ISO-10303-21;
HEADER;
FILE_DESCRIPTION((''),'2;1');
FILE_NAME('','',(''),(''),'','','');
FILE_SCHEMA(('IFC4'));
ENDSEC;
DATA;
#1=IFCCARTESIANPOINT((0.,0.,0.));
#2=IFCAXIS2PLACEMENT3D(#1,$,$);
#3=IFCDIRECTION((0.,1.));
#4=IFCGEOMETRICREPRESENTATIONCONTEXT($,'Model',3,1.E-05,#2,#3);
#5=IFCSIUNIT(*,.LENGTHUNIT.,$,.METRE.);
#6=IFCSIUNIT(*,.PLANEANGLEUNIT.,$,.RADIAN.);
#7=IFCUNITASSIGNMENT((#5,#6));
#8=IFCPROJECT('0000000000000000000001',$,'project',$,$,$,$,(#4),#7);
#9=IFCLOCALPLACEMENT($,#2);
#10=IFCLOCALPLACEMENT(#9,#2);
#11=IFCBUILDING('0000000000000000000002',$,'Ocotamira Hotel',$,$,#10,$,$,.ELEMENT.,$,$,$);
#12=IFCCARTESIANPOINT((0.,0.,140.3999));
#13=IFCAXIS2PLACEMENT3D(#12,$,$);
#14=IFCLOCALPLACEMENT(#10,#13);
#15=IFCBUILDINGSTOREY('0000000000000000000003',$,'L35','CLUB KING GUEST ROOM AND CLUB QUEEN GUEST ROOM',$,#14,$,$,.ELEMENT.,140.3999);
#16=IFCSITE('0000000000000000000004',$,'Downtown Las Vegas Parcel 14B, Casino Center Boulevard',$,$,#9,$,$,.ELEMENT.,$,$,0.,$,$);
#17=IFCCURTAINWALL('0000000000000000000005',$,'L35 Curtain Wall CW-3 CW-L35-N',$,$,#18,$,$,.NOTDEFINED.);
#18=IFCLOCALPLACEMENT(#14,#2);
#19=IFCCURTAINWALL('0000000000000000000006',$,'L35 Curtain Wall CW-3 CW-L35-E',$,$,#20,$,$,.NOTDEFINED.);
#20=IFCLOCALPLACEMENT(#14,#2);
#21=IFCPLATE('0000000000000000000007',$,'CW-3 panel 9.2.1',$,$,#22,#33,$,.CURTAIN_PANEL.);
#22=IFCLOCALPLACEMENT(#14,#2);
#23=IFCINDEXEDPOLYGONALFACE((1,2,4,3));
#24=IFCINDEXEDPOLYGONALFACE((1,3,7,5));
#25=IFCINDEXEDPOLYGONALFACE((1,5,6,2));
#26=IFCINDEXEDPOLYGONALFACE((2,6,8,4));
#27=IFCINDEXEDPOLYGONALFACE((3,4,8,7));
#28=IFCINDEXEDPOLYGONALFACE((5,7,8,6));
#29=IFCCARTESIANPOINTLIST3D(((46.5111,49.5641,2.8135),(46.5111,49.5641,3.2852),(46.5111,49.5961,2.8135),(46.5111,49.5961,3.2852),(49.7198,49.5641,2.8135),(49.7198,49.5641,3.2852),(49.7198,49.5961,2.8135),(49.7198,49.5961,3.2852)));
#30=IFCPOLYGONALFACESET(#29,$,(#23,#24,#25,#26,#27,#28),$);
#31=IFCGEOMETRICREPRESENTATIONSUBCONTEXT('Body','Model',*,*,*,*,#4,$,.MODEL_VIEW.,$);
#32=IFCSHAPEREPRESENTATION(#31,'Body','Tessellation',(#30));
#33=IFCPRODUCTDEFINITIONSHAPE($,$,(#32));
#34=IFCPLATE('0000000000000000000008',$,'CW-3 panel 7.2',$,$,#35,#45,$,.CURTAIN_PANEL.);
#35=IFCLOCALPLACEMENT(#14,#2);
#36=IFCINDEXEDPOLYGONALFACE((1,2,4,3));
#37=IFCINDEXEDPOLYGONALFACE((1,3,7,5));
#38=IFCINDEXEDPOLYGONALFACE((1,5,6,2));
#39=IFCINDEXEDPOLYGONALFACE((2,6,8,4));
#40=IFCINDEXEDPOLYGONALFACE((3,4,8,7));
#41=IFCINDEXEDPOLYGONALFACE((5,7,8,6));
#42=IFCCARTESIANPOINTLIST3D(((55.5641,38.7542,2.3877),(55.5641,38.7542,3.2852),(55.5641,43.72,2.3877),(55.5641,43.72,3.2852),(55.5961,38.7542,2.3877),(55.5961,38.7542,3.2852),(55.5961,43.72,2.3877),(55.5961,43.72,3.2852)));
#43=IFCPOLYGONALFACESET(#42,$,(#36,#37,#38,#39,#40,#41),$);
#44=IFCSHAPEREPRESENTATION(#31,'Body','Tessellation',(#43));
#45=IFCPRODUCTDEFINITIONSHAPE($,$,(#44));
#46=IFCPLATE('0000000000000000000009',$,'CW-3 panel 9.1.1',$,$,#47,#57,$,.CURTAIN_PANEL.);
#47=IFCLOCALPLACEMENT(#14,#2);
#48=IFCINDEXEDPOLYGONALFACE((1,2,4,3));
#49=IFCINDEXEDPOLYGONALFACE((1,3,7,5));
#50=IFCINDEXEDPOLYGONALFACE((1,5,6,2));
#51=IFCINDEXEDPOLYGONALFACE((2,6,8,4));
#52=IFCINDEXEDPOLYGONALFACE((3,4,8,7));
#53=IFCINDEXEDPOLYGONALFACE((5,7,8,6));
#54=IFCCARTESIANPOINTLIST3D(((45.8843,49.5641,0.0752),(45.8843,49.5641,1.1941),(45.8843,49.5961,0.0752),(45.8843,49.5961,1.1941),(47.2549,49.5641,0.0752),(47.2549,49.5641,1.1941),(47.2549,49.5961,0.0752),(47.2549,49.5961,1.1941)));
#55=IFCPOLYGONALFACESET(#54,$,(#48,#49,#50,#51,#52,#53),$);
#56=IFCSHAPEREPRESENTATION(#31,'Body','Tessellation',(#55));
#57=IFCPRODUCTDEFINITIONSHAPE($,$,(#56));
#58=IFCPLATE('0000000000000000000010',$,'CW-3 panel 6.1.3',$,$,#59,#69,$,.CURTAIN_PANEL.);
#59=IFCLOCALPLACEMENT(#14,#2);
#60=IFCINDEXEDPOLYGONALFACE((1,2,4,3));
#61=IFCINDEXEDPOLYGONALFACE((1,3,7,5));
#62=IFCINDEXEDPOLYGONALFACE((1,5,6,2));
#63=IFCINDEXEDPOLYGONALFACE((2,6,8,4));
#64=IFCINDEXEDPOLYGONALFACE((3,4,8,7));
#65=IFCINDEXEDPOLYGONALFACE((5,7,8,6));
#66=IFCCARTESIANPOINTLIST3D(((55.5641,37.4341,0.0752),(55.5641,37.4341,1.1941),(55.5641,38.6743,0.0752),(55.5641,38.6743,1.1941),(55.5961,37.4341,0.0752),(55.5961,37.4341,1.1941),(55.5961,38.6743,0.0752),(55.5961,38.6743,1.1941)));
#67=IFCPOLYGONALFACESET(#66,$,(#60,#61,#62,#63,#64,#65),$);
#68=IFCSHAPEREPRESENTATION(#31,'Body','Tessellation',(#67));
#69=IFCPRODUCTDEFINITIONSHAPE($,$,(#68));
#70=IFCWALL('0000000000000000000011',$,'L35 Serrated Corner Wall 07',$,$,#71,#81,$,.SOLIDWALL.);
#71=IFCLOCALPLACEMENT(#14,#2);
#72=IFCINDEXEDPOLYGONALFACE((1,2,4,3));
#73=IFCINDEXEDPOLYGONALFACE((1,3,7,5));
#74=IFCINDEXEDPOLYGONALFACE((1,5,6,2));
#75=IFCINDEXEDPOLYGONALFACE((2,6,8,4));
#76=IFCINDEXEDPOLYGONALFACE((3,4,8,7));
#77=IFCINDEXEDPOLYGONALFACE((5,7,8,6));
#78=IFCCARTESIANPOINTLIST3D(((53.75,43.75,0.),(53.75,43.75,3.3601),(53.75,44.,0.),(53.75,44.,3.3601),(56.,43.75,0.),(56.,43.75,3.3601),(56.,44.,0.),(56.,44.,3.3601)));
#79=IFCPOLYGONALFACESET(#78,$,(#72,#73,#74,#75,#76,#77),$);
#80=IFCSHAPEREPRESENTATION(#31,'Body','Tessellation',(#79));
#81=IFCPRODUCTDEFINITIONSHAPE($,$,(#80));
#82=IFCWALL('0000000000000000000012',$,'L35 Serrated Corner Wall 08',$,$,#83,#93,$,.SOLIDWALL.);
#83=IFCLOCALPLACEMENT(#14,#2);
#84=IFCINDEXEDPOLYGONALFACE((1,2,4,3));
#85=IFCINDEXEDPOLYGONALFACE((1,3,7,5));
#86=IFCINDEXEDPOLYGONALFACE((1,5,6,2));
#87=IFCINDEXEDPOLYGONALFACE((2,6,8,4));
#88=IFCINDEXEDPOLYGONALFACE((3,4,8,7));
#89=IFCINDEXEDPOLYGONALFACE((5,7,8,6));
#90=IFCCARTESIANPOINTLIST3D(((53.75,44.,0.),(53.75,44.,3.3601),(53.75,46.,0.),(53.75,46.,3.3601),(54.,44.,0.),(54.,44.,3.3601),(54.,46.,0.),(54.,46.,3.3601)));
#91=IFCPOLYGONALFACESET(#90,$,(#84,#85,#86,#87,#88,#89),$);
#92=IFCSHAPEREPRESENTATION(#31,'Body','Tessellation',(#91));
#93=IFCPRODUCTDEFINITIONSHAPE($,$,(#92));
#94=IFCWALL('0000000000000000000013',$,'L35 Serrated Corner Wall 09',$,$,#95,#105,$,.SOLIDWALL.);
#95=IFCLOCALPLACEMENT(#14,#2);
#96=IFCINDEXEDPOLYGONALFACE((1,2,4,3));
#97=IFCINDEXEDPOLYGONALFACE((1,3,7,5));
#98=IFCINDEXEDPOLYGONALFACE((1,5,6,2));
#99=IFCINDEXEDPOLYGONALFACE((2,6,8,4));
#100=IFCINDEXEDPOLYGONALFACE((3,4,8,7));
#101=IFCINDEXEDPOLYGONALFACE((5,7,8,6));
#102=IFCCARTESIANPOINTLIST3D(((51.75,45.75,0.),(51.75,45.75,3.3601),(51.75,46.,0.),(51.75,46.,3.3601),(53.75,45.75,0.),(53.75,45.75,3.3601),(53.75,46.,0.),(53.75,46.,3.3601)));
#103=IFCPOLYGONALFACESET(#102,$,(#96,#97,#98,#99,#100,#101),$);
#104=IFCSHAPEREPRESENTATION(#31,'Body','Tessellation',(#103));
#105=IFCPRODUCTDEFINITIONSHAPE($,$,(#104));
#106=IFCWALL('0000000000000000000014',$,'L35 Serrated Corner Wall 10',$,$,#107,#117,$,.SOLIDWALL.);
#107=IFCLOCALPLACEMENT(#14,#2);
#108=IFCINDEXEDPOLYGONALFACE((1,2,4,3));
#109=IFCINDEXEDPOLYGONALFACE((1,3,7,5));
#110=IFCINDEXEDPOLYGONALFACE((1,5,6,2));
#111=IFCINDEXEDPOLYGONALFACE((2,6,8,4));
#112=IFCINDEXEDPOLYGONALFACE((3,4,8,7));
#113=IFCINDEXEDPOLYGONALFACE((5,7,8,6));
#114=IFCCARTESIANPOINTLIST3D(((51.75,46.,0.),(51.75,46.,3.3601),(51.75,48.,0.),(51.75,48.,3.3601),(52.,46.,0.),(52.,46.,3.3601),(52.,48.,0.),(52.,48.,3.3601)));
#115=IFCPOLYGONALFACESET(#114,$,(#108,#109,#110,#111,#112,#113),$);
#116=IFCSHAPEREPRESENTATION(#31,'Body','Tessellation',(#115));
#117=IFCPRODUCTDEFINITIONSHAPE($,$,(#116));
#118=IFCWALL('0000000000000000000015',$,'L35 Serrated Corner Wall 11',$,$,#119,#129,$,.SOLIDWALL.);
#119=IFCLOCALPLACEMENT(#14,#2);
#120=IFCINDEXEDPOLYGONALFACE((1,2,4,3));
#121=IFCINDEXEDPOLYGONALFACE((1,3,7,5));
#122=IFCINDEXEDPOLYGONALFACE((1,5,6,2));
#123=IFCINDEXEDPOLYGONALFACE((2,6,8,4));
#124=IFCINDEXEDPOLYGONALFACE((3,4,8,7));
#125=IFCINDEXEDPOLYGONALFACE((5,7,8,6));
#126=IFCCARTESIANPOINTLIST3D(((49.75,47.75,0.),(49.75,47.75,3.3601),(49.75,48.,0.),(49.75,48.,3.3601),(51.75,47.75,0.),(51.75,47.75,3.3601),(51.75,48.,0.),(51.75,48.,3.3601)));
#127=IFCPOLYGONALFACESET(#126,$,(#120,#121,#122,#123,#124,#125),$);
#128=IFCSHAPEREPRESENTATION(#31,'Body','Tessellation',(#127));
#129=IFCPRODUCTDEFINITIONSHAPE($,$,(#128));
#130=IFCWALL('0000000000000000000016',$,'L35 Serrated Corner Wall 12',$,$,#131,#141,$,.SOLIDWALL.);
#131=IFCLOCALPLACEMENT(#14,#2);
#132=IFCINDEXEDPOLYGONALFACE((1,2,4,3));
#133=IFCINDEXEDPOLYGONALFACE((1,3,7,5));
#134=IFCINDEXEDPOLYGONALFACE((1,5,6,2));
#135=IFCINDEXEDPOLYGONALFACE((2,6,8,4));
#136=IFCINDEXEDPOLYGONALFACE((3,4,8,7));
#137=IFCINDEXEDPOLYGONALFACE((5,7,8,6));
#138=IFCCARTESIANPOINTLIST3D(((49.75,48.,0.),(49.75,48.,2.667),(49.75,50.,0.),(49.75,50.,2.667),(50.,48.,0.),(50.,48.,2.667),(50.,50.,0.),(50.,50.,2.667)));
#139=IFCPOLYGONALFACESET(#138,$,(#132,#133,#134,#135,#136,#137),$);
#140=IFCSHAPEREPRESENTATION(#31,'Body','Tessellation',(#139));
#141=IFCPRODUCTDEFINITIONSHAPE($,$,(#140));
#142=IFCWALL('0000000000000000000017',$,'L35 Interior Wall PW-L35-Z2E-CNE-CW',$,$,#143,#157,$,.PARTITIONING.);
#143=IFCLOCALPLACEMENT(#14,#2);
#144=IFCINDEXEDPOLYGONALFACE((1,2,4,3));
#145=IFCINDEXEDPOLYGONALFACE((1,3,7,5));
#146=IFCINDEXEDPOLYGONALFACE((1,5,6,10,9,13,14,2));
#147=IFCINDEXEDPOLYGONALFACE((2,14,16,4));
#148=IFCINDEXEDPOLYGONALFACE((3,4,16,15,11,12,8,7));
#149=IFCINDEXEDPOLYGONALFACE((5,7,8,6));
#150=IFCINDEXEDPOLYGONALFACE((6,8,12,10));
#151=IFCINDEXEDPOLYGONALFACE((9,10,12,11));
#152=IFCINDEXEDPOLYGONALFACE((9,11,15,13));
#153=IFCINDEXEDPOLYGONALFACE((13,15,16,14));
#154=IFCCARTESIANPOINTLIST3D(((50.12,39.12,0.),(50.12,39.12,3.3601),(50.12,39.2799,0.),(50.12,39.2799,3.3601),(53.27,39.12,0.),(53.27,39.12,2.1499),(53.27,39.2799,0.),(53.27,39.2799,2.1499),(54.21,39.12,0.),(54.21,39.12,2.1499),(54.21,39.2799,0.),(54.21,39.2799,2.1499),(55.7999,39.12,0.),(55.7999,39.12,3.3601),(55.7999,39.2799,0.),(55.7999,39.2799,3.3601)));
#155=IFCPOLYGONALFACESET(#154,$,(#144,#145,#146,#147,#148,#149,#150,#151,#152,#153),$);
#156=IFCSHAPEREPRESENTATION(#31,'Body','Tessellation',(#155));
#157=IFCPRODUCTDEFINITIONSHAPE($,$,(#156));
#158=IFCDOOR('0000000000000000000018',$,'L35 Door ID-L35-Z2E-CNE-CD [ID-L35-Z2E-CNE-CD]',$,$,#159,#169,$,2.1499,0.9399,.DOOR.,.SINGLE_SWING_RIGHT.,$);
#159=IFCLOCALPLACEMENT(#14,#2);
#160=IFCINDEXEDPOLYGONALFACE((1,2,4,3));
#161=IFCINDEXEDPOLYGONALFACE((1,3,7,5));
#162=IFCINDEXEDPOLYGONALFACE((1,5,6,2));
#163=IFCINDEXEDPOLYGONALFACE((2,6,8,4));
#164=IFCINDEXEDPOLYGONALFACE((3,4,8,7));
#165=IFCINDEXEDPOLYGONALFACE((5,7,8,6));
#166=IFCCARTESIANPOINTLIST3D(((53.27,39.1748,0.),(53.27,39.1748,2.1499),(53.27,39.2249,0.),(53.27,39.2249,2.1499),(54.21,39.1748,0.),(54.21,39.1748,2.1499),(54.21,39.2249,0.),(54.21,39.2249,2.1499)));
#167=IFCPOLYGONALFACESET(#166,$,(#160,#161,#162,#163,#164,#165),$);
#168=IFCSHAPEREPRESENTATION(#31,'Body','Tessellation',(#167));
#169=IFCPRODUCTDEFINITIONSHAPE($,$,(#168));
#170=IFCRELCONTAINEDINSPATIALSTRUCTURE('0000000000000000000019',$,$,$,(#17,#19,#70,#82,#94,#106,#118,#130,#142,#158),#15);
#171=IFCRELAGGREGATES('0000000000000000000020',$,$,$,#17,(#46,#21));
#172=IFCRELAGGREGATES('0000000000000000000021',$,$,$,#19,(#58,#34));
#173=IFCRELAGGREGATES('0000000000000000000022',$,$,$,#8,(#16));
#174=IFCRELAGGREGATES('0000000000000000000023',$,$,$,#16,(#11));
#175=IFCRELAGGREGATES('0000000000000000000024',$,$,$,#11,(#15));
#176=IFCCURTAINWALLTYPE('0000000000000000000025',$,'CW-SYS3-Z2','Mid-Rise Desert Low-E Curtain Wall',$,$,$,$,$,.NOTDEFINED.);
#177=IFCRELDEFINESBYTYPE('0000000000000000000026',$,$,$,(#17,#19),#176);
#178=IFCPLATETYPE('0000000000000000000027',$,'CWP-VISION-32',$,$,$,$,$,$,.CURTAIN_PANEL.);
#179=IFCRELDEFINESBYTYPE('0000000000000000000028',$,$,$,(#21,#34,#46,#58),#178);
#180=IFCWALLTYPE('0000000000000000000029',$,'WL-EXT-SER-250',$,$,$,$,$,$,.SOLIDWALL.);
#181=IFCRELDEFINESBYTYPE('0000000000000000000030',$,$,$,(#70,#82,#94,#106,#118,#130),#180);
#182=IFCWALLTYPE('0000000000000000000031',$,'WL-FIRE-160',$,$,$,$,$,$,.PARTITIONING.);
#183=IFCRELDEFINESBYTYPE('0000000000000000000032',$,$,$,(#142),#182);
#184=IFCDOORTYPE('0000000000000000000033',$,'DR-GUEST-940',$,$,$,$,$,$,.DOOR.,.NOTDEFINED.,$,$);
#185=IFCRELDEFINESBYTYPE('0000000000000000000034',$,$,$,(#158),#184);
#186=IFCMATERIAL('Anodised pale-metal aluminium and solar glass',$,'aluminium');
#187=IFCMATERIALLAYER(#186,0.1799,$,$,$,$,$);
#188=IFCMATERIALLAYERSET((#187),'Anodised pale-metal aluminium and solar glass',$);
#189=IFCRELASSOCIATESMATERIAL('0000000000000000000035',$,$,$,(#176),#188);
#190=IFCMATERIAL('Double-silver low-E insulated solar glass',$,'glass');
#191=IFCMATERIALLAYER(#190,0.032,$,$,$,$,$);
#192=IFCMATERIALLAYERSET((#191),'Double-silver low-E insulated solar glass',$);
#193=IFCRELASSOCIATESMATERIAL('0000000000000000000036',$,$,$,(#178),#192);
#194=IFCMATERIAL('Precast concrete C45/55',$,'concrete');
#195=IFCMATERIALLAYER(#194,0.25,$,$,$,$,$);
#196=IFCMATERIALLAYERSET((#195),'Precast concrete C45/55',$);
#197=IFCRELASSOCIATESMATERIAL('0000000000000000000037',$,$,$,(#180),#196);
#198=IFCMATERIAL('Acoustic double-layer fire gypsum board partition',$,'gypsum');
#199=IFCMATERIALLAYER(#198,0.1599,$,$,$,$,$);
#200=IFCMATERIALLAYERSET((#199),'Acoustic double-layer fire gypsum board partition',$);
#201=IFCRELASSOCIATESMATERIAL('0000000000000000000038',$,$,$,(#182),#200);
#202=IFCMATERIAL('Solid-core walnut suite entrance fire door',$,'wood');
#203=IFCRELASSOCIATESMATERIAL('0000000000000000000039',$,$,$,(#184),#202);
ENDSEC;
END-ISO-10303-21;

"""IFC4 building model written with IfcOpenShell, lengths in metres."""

from ifc_helpers import new_model, si_unit, direction, frame, frame_2d, origin, origin_2d, place, context, subcontext, project, spatial, rectangle, extrude, source, transform, mapped, material, layer, layer_set, type_object, element, fill, aggregate, save


model = new_model("IFC4")

# Units and contexts
model_context = context("Model", 3, precision=1e-05, world=origin(), true_north=direction((0.0, 1.0)))
body_context = subcontext(model_context, "Body", "Model", "MODEL_VIEW")
ifc_project = project(units=[si_unit("LENGTHUNIT", "METRE"), si_unit("PLANEANGLEUNIT", "RADIAN")], contexts=[model_context])

# Site, building, storey
site_placement = place(None, origin())
site = spatial("IfcSite", under=ifc_project, at=site_placement, Name="Downtown Las Vegas Parcel 14B, Casino Center Boulevard", CompositionType="ELEMENT", RefElevation=0.0)
building_placement = place(site_placement, origin())
building = spatial("IfcBuilding", under=site, at=building_placement, Name="Ocotamira Hotel", CompositionType="ELEMENT")
storey_placement = place(building_placement, frame((0.0, 0.0, 140.3999)))
storey = spatial("IfcBuildingStorey", under=building, at=storey_placement, Name="L35", Description="CLUB KING GUEST ROOM AND CLUB QUEEN GUEST ROOM", CompositionType="ELEMENT", Elevation=140.3999)

# Curtain walls
ifc_material_1 = material(Name="Anodised pale-metal aluminium and solar glass", Category="aluminium")
ifc_layer_1 = layer(ifc_material_1, 0.1799)
ifc_layer_set_1 = layer_set([ifc_layer_1], Name="Anodised pale-metal aluminium and solar glass")
curtain_wall_type = type_object("IfcCurtainWallType", Name="CW-SYS3-Z2", Description="Mid-Rise Desert Low-E Curtain Wall", PredefinedType="NOTDEFINED", material=ifc_layer_set_1)
curtain_wall_1_placement = place(storey_placement, origin())
curtain_wall_1 = element("IfcCurtainWall", 1, at=curtain_wall_1_placement, inside=storey, type_object=curtain_wall_type, Name="L35 Curtain Wall CW-3 CW-L35-N", PredefinedType="NOTDEFINED")
curtain_wall_2_placement = place(storey_placement, origin())
curtain_wall_2 = element("IfcCurtainWall", 2, at=curtain_wall_2_placement, inside=storey, type_object=curtain_wall_type, Name="L35 Curtain Wall CW-3 CW-L35-E", PredefinedType="NOTDEFINED")

# Plates
ifc_material_2 = material(Name="Double-silver low-E insulated solar glass", Category="glass")
ifc_layer_2 = layer(ifc_material_2, 0.032)
ifc_layer_set_2 = layer_set([ifc_layer_2], Name="Double-silver low-E insulated solar glass")
plate_type_1 = type_object("IfcPlateType", Name="CWP-VISION-32", PredefinedType="CURTAIN_PANEL", material=ifc_layer_set_2)
shared_shape_1 = source(origin(), body_context, "Body", "SweptSolid", [
    extrude(rectangle(XDim=3.2087, YDim=0.032, at=origin_2d()), origin(), (0.0, 0.0, 1.0), 0.4717),
])
plate_1_placement = place(storey_placement, frame((48.1155, 49.5801, 2.8135), z_axis=(0.0, 0.0, 1.0), x_axis=(1.0, 0.0, 0.0)))
plate_1 = element("IfcPlate", 3, at=plate_1_placement, type_object=plate_type_1, Name="CW-3 panel 9.2.1", PredefinedType="CURTAIN_PANEL", context=body_context, shape_type="MappedRepresentation", body=[
    mapped(shared_shape_1, transform((0.0, 0.0, 0.0), scale=1.0)),
])
shared_shape_2 = source(origin(), body_context, "Body", "SweptSolid", [
    extrude(rectangle(XDim=4.9658, YDim=0.032, at=origin_2d()), origin(), (0.0, 0.0, 1.0), 0.8975),
])
plate_2_placement = place(storey_placement, frame((55.5801, 41.2371, 2.3877), z_axis=(0.0, 0.0, 1.0), x_axis=(0.0, 1.0, 0.0)))
plate_2 = element("IfcPlate", 4, at=plate_2_placement, type_object=plate_type_1, Name="CW-3 panel 7.2", PredefinedType="CURTAIN_PANEL", context=body_context, shape_type="MappedRepresentation", body=[
    mapped(shared_shape_2, transform((0.0, 0.0, 0.0), scale=1.0)),
])
shared_shape_3 = source(origin(), body_context, "Body", "SweptSolid", [
    extrude(rectangle(XDim=1.3706, YDim=0.032, at=origin_2d()), origin(), (0.0, 0.0, 1.0), 1.1189),
])
plate_3_placement = place(storey_placement, frame((46.5696, 49.5801, 0.0752), z_axis=(0.0, 0.0, 1.0), x_axis=(1.0, 0.0, 0.0)))
plate_3 = element("IfcPlate", 5, at=plate_3_placement, type_object=plate_type_1, Name="CW-3 panel 9.1.1", PredefinedType="CURTAIN_PANEL", context=body_context, shape_type="MappedRepresentation", body=[
    mapped(shared_shape_3, transform((0.0, 0.0, 0.0), scale=1.0)),
])
aggregate(curtain_wall_1, [plate_3, plate_1])
shared_shape_4 = source(origin(), body_context, "Body", "SweptSolid", [
    extrude(rectangle(XDim=1.2402, YDim=0.032, at=origin_2d()), origin(), (0.0, 0.0, 1.0), 1.1189),
])
plate_4_placement = place(storey_placement, frame((55.5801, 38.0542, 0.0752), z_axis=(0.0, 0.0, 1.0), x_axis=(0.0, 1.0, 0.0)))
plate_4 = element("IfcPlate", 6, at=plate_4_placement, type_object=plate_type_1, Name="CW-3 panel 6.1.3", PredefinedType="CURTAIN_PANEL", context=body_context, shape_type="MappedRepresentation", body=[
    mapped(shared_shape_4, transform((0.0, 0.0, 0.0), scale=1.0)),
])
aggregate(curtain_wall_2, [plate_4, plate_2])

# Walls
ifc_material_3 = material(Name="Precast concrete C45/55", Category="concrete")
ifc_layer_3 = layer(ifc_material_3, 0.25)
ifc_layer_set_3 = layer_set([ifc_layer_3], Name="Precast concrete C45/55")
wall_type_1 = type_object("IfcWallType", Name="WL-EXT-SER-250", PredefinedType="SOLIDWALL", material=ifc_layer_set_3)
wall_1_placement = place(storey_placement, frame((56.0, 43.875, 0.0), z_axis=(0.0, 0.0, 1.0), x_axis=(-1.0, 0.0, 0.0)))
element("IfcWall", 7, at=wall_1_placement, inside=storey, type_object=wall_type_1, Name="L35 Serrated Corner Wall 07", PredefinedType="SOLIDWALL", context=body_context, shape_type="SweptSolid", body=[
    extrude(rectangle(XDim=2.25, YDim=0.25, at=frame_2d((1.125, 0.0))), origin(), (0.0, 0.0, 1.0), 3.3601),
])
for number, where, z_axis, x_axis, name in (
    (8, (53.875, 44.0, 0.0), (0.0, 0.0, 1.0), (0.0, 1.0, 0.0), "L35 Serrated Corner Wall 08"),
    (9, (53.75, 45.875, 0.0), (0.0, 0.0, 1.0), (-1.0, 0.0, 0.0), "L35 Serrated Corner Wall 09"),
    (10, (51.875, 46.0, 0.0), (0.0, 0.0, 1.0), (0.0, 1.0, 0.0), "L35 Serrated Corner Wall 10"),
    (11, (51.75, 47.875, 0.0), (0.0, 0.0, 1.0), (-1.0, 0.0, 0.0), "L35 Serrated Corner Wall 11"),
):
    element("IfcWall", number, at=place(storey_placement, frame(where, z_axis=z_axis, x_axis=x_axis)), inside=storey, type_object=wall_type_1, Name=name, PredefinedType="SOLIDWALL", context=body_context, shape_type="SweptSolid", body=[
        extrude(rectangle(XDim=2.0, YDim=0.25, at=frame_2d((1.0, 0.0))), origin(), (0.0, 0.0, 1.0), 3.3601),
    ])
wall_2_placement = place(storey_placement, frame((49.875, 48.0, 0.0), z_axis=(0.0, 0.0, 1.0), x_axis=(0.0, 1.0, 0.0)))
element("IfcWall", 12, at=wall_2_placement, inside=storey, type_object=wall_type_1, Name="L35 Serrated Corner Wall 12", PredefinedType="SOLIDWALL", context=body_context, shape_type="SweptSolid", body=[
    extrude(rectangle(XDim=2.0, YDim=0.25, at=frame_2d((1.0, 0.0))), origin(), (0.0, 0.0, 1.0), 2.667),
])

# Wall, opening, door
ifc_material_4 = material(Name="Acoustic double-layer fire gypsum board partition", Category="gypsum")
ifc_layer_4 = layer(ifc_material_4, 0.1599)
ifc_layer_set_4 = layer_set([ifc_layer_4], Name="Acoustic double-layer fire gypsum board partition")
wall_type_2 = type_object("IfcWallType", Name="WL-FIRE-160", PredefinedType="PARTITIONING", material=ifc_layer_set_4)
wall_3_placement = place(storey_placement, frame((50.1201, 39.2, 0.0), z_axis=(0.0, 0.0, 1.0), x_axis=(1.0, 0.0, 0.0)))
wall_3 = element("IfcWall", 13, at=wall_3_placement, inside=storey, type_object=wall_type_2, Name="L35 Interior Wall PW-L35-Z2E-CNE-CW", PredefinedType="PARTITIONING", context=body_context, shape_type="SweptSolid", body=[
    extrude(rectangle(XDim=5.6799, YDim=0.1599, at=frame_2d((2.8398, 0.0))), origin(), (0.0, 0.0, 1.0), 3.3601),
])
opening_1_placement = place(wall_3_placement, frame((3.1499, 0.0, 0.0)))
opening_1 = element("IfcOpeningElement", 14, at=opening_1_placement, cuts=wall_3, PredefinedType="OPENING", context=body_context, shape_type="SweptSolid", body=[
    extrude(rectangle(XDim=0.9399, YDim=2.1499, at=frame_2d((0.47, 1.075))), frame((0.0, 0.0898, 0.0), z_axis=(0.0, -1.0, 0.0), x_axis=(1.0, 0.0, 0.0)), (0.0, 0.0, 1.0), 0.1799),
])
ifc_material_5 = material(Name="Solid-core walnut suite entrance fire door", Category="wood")
door_type_1 = type_object("IfcDoorType", Name="DR-GUEST-940", OperationType="NOTDEFINED", PredefinedType="DOOR", material=ifc_material_5)
shared_shape_5 = source(origin(), body_context, "Body", "SweptSolid", [
    extrude(rectangle(XDim=0.9399, YDim=2.1499, at=frame_2d((0.47, 1.075))), frame((0.0, 0.0249, 0.0), z_axis=(0.0, -1.0, 0.0), x_axis=(1.0, 0.0, 0.0)), (0.0, 0.0, 1.0), 0.05),
])
door_1_placement = place(opening_1_placement, origin())
door_1 = element("IfcDoor", 15, at=door_1_placement, inside=storey, type_object=door_type_1, Name="L35 Door ID-L35-Z2E-CNE-CD [ID-L35-Z2E-CNE-CD]", OperationType="SINGLE_SWING_RIGHT", OverallHeight=2.1499, OverallWidth=0.9399, PredefinedType="DOOR", context=body_context, shape_type="MappedRepresentation", body=[
    mapped(shared_shape_5, transform((0.0, 0.0, 0.0), scale=1.0)),
])
fill(opening_1, door_1)

save(model, "model.ifc")
